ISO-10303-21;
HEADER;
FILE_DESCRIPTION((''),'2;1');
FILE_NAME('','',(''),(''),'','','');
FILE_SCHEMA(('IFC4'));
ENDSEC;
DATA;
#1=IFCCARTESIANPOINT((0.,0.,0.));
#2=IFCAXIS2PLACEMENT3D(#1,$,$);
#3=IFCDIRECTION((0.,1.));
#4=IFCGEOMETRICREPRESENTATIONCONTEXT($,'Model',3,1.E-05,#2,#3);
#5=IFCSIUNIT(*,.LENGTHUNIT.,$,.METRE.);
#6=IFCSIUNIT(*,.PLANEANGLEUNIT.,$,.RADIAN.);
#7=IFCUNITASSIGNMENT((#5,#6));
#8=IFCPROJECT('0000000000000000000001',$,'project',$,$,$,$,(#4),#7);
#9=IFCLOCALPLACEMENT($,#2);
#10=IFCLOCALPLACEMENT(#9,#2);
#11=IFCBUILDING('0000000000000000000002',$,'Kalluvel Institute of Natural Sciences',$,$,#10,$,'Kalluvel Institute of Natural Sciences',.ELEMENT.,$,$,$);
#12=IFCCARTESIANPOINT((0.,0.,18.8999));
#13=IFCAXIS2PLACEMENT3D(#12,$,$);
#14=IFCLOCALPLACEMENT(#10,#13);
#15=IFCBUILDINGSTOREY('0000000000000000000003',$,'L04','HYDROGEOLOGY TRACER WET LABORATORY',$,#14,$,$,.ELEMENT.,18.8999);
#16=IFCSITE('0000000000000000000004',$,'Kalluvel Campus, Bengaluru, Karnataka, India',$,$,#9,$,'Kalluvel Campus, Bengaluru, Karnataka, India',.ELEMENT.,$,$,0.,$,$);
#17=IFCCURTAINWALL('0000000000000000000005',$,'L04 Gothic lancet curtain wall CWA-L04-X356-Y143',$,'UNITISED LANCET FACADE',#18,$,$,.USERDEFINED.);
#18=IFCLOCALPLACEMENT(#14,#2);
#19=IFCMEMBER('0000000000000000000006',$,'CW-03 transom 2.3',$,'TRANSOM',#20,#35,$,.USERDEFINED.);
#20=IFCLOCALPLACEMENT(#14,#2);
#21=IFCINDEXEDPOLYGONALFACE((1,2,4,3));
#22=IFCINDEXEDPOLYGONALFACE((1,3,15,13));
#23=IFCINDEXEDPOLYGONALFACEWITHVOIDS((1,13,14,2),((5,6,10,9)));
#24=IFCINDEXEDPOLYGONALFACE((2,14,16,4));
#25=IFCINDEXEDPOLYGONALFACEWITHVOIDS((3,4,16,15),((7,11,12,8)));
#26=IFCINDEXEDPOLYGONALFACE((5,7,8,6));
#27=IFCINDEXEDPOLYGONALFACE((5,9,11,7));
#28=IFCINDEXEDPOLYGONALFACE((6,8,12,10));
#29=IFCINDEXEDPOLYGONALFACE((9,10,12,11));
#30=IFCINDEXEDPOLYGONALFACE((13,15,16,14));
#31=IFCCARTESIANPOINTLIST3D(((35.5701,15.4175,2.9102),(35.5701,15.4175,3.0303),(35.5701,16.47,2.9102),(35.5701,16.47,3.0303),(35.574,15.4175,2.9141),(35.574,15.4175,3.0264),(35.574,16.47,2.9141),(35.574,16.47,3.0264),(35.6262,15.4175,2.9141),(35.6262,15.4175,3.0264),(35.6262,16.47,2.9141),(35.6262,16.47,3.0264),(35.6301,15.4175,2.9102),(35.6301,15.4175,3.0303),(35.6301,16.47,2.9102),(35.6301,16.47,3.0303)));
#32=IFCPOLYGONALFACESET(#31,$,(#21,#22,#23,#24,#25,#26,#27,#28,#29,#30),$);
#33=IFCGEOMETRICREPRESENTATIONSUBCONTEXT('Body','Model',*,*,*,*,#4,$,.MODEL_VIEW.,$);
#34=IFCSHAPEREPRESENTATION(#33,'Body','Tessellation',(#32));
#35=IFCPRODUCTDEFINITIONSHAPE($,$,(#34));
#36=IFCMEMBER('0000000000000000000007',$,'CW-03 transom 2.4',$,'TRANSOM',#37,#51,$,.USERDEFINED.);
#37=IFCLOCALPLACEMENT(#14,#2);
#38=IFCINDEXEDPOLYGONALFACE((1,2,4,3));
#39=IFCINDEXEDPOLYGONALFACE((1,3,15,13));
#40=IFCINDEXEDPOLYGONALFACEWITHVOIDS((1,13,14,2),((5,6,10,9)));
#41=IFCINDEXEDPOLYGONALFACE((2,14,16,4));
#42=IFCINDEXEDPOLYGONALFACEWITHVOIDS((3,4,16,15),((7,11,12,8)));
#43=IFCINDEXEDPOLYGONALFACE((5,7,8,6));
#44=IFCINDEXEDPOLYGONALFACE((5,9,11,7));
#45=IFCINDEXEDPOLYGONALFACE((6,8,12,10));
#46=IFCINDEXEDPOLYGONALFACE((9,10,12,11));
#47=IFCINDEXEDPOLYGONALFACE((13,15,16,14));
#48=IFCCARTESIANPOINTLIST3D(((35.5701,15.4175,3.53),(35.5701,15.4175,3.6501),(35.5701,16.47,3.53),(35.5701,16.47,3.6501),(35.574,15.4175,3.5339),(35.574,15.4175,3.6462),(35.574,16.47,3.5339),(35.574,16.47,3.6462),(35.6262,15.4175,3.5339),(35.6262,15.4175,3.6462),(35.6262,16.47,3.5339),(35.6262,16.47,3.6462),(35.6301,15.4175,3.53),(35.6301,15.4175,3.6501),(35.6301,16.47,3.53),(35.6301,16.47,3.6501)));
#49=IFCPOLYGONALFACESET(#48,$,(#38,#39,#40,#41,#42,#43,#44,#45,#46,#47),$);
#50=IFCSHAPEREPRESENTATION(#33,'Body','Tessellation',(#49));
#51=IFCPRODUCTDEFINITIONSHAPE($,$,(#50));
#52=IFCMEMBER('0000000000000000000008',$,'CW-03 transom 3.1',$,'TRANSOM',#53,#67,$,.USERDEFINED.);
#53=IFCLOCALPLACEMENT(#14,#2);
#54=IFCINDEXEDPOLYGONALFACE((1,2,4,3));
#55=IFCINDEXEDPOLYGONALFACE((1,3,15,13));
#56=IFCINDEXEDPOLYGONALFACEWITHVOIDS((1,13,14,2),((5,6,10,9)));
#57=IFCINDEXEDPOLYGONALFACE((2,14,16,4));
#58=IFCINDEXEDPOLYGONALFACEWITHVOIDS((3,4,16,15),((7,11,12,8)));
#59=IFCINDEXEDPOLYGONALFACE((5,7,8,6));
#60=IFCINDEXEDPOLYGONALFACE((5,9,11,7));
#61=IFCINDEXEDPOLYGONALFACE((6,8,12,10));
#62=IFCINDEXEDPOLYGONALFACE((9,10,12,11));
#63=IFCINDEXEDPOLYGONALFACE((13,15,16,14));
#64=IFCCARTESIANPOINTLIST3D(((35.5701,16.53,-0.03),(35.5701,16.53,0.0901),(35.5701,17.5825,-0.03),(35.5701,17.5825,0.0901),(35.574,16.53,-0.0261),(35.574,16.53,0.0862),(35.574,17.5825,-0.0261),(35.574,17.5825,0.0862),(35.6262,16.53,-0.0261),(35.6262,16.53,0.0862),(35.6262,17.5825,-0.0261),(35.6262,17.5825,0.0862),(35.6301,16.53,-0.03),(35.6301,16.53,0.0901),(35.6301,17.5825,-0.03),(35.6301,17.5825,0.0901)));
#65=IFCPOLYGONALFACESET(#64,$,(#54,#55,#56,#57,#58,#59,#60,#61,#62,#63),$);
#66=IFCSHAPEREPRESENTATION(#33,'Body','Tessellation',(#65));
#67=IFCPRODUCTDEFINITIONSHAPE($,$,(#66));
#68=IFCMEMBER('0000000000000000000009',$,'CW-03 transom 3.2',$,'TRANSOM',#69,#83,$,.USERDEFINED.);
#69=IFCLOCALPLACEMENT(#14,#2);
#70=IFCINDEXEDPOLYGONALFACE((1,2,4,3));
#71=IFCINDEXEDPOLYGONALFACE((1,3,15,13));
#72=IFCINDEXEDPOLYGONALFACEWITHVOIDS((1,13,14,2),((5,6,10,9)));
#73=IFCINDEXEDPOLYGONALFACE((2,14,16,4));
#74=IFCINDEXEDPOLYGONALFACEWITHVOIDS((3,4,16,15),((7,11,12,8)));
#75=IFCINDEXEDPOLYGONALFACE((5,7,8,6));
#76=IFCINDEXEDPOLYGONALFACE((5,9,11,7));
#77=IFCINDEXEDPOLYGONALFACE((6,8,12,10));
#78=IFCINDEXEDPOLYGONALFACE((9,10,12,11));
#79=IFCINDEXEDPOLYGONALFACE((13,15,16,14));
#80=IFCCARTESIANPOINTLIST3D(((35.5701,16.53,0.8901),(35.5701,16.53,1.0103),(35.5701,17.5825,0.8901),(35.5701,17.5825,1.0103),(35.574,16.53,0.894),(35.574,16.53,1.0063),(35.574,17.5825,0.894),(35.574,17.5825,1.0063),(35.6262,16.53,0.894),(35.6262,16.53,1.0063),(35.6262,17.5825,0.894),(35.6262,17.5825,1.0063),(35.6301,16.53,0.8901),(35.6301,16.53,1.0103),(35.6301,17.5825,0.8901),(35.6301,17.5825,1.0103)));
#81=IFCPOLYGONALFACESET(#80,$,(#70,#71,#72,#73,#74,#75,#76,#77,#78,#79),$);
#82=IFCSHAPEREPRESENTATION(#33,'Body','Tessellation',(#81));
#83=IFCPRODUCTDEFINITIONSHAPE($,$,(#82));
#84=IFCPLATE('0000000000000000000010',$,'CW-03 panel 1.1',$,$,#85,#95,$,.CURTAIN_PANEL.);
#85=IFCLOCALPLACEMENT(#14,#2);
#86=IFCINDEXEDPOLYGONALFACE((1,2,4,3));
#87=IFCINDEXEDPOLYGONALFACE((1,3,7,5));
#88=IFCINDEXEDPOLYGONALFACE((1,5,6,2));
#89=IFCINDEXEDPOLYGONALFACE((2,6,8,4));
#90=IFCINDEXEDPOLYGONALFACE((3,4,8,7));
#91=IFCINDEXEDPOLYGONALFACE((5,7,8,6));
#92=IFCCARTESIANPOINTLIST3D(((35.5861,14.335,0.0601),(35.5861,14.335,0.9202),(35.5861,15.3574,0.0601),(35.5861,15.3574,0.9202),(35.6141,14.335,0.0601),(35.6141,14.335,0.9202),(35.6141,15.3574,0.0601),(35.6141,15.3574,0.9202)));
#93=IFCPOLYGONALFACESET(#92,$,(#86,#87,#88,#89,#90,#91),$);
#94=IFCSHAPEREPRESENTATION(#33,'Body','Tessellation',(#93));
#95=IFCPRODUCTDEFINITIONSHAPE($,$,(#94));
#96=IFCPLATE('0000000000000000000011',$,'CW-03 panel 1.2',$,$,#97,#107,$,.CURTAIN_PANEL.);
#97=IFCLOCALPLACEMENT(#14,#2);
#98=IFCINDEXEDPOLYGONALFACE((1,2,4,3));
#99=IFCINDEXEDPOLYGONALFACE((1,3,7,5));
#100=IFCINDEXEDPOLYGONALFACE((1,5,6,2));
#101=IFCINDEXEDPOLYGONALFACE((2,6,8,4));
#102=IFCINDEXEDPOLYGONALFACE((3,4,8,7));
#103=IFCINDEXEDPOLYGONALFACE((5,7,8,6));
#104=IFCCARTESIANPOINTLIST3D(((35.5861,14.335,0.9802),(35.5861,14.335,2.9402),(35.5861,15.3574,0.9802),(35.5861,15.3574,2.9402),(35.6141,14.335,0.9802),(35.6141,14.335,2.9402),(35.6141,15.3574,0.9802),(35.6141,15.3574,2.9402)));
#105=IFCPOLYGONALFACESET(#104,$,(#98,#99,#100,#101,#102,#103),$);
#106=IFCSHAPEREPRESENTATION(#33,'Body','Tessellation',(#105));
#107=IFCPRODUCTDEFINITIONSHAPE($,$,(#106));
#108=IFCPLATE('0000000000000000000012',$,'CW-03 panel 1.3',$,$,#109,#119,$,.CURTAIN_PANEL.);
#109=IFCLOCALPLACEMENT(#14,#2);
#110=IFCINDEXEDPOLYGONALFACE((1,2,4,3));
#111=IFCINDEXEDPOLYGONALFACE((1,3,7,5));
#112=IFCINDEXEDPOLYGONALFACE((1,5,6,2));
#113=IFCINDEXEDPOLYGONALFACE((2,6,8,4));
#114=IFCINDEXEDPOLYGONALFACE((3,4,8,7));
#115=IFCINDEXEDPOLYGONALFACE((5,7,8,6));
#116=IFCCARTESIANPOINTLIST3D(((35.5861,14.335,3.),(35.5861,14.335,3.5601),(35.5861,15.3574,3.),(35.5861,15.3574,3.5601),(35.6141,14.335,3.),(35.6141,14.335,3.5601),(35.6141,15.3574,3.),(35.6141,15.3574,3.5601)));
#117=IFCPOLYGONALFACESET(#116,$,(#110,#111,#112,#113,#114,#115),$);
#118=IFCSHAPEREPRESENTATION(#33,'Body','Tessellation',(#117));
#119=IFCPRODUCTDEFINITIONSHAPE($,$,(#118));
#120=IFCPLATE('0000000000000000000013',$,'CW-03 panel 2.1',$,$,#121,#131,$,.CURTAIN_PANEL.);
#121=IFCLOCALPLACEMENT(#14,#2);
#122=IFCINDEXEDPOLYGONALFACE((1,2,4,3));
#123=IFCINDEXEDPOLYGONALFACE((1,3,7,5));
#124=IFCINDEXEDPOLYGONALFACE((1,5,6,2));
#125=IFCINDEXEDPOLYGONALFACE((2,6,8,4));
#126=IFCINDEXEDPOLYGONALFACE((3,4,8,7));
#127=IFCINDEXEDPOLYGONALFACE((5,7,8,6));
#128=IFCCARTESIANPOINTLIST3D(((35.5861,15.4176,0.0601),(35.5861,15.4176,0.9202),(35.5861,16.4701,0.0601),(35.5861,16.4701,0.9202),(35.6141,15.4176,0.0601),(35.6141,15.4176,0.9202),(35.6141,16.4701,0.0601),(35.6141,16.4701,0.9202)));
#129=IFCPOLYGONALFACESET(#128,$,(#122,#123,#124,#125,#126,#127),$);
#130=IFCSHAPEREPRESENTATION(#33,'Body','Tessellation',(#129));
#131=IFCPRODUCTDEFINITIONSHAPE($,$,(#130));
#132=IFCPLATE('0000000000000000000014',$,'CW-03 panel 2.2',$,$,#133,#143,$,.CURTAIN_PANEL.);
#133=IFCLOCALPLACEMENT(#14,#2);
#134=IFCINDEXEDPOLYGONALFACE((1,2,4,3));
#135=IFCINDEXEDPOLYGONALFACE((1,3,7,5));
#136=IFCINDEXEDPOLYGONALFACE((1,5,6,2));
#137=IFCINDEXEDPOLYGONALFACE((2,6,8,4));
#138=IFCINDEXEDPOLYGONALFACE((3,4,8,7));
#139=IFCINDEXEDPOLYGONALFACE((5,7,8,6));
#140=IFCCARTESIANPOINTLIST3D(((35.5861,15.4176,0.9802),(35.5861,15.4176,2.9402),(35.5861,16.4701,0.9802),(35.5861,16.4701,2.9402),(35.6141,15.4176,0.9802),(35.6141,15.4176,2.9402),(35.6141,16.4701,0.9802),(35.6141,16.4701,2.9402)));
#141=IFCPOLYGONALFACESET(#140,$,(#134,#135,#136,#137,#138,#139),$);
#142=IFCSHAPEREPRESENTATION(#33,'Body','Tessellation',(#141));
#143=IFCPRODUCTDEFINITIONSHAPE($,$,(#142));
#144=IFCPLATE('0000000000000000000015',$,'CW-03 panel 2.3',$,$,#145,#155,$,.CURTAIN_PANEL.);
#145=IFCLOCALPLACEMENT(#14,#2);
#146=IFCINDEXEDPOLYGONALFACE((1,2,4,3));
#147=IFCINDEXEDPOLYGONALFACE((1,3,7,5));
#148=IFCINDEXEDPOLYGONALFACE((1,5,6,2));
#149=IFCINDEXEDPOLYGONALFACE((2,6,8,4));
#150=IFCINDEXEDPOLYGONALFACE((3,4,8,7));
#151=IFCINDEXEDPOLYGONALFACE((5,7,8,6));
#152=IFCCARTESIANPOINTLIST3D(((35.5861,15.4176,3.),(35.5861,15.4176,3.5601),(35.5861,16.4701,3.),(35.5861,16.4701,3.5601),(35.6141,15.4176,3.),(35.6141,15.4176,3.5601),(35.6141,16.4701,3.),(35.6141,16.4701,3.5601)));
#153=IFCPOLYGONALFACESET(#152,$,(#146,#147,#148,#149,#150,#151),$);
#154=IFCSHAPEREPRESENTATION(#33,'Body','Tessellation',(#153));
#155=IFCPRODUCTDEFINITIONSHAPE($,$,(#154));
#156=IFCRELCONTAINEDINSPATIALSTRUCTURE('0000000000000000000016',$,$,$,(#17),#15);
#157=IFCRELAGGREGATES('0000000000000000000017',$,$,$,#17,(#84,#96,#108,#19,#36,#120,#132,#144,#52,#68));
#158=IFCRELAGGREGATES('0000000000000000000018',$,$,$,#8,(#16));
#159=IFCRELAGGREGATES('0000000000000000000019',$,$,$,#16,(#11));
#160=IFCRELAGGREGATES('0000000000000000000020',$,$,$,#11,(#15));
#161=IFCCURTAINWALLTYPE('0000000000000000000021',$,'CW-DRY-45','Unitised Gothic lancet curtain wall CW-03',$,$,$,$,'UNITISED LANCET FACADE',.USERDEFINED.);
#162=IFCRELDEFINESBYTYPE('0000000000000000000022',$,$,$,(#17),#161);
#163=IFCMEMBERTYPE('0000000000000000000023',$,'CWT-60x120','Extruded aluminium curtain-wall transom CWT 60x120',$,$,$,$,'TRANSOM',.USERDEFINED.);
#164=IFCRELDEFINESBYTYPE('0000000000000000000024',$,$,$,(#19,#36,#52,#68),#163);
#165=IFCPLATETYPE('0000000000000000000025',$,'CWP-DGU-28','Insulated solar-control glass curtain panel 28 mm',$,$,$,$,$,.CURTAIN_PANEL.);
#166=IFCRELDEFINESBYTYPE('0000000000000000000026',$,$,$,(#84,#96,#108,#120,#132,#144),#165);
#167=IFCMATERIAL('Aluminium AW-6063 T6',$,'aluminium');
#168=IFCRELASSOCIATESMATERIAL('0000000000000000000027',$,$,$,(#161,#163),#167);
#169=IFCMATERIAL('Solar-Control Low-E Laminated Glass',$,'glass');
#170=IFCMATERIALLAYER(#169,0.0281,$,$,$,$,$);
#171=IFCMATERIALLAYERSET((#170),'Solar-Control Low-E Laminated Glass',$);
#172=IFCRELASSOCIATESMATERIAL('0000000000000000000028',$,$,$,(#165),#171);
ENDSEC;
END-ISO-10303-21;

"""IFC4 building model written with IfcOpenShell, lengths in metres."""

from ifc_helpers import new_model, si_unit, direction, frame, origin, origin_2d, place, context, subcontext, project, spatial, rectangle, hollow_rectangle, extrude, material, layer, layer_set, material_profile, profile_set, type_object, element, aggregate, save


model = new_model("IFC4")

# Units and contexts
model_context = context("Model", 3, precision=1e-05, world=origin(), true_north=direction((0.0, 1.0)))
body_context = subcontext(model_context, "Body", "Model", "MODEL_VIEW")
ifc_project = project(units=[si_unit("LENGTHUNIT", "METRE"), si_unit("PLANEANGLEUNIT", "RADIAN")], contexts=[model_context])

# Site, building, storey
site_placement = place(None, origin())
site = spatial("IfcSite", under=ifc_project, at=site_placement, Name="Kalluvel Campus, Bengaluru, Karnataka, India", LongName="Kalluvel Campus, Bengaluru, Karnataka, India", CompositionType="ELEMENT", RefElevation=0.0)
building_placement = place(site_placement, origin())
building = spatial("IfcBuilding", under=site, at=building_placement, Name="Kalluvel Institute of Natural Sciences", LongName="Kalluvel Institute of Natural Sciences", CompositionType="ELEMENT")
storey_placement = place(building_placement, frame((0.0, 0.0, 18.8999)))
storey = spatial("IfcBuildingStorey", under=building, at=storey_placement, Name="L04", Description="HYDROGEOLOGY TRACER WET LABORATORY", CompositionType="ELEMENT", Elevation=18.8999)

# Curtain wall, members, plates
ifc_material_1 = material(Name="Aluminium AW-6063 T6", Category="aluminium")
curtain_wall_type = type_object("IfcCurtainWallType", Name="CW-DRY-45", Description="Unitised Gothic lancet curtain wall CW-03", ElementType="UNITISED LANCET FACADE", PredefinedType="USERDEFINED", material=ifc_material_1)
curtain_wall_placement = place(storey_placement, origin())
curtain_wall = element("IfcCurtainWall", 1, at=curtain_wall_placement, inside=storey, type_object=curtain_wall_type, Name="L04 Gothic lancet curtain wall CWA-L04-X356-Y143", ObjectType="UNITISED LANCET FACADE", PredefinedType="USERDEFINED")
ifc_material_profile_1 = material_profile(ifc_material_1, hollow_rectangle(XDim=0.0601, YDim=0.1201, WallThickness=0.0039, at=origin_2d()), Name="CWT 60x120")
ifc_profile_set_1 = profile_set([ifc_material_profile_1], Name="Aluminium AW-6063 T6")
member_type_1 = type_object("IfcMemberType", Name="CWT-60x120", Description="Extruded aluminium curtain-wall transom CWT 60x120", ElementType="TRANSOM", PredefinedType="USERDEFINED", material=ifc_profile_set_1)
member_1_placement = place(storey_placement, frame((35.6001, 15.4175, 2.9702), z_axis=(0.0, 1.0, 0.0), x_axis=(-1.0, 0.0, 0.0)))
member_1 = element("IfcMember", 2, at=member_1_placement, type_object=member_type_1, Name="CW-03 transom 2.3", ObjectType="TRANSOM", PredefinedType="USERDEFINED", context=body_context, shape_type="SweptSolid", body=[
    extrude(hollow_rectangle(XDim=0.0601, YDim=0.1201, WallThickness=0.0039, at=origin_2d()), origin(), (0.0, 0.0, 1.0), 1.0525),
])
member_2_placement = place(storey_placement, frame((35.6001, 15.4175, 3.5901), z_axis=(0.0, 1.0, 0.0), x_axis=(-1.0, 0.0, 0.0)))
member_2 = element("IfcMember", 3, at=member_2_placement, type_object=member_type_1, Name="CW-03 transom 2.4", ObjectType="TRANSOM", PredefinedType="USERDEFINED", context=body_context, shape_type="SweptSolid", body=[
    extrude(hollow_rectangle(XDim=0.0601, YDim=0.1201, WallThickness=0.0039, at=origin_2d()), origin(), (0.0, 0.0, 1.0), 1.0525),
])
member_3_placement = place(storey_placement, frame((35.6001, 16.53, 0.03), z_axis=(0.0, 1.0, 0.0), x_axis=(-1.0, 0.0, 0.0)))
member_3 = element("IfcMember", 4, at=member_3_placement, type_object=member_type_1, Name="CW-03 transom 3.1", ObjectType="TRANSOM", PredefinedType="USERDEFINED", context=body_context, shape_type="SweptSolid", body=[
    extrude(hollow_rectangle(XDim=0.0601, YDim=0.1201, WallThickness=0.0039, at=origin_2d()), origin(), (0.0, 0.0, 1.0), 1.0525),
])
member_4_placement = place(storey_placement, frame((35.6001, 16.53, 0.9502), z_axis=(0.0, 1.0, 0.0), x_axis=(-1.0, 0.0, 0.0)))
member_4 = element("IfcMember", 5, at=member_4_placement, type_object=member_type_1, Name="CW-03 transom 3.2", ObjectType="TRANSOM", PredefinedType="USERDEFINED", context=body_context, shape_type="SweptSolid", body=[
    extrude(hollow_rectangle(XDim=0.0601, YDim=0.1201, WallThickness=0.0039, at=origin_2d()), origin(), (0.0, 0.0, 1.0), 1.0525),
])
ifc_material_2 = material(Name="Solar-Control Low-E Laminated Glass", Category="glass")
ifc_layer = layer(ifc_material_2, 0.0281)
ifc_layer_set = layer_set([ifc_layer], Name="Solar-Control Low-E Laminated Glass")
plate_type = type_object("IfcPlateType", Name="CWP-DGU-28", Description="Insulated solar-control glass curtain panel 28 mm", PredefinedType="CURTAIN_PANEL", material=ifc_layer_set)
plate_1_placement = place(storey_placement, frame((35.6001, 14.8462, 0.0601), z_axis=(0.0, 0.0, 1.0), x_axis=(0.0, 1.0, 0.0)))
plate_1 = element("IfcPlate", 6, at=plate_1_placement, type_object=plate_type, Name="CW-03 panel 1.1", PredefinedType="CURTAIN_PANEL", context=body_context, shape_type="SweptSolid", body=[
    extrude(rectangle(XDim=1.0225, YDim=0.0281, at=origin_2d()), origin(), (0.0, 0.0, 1.0), 0.8601),
])
plate_2_placement = place(storey_placement, frame((35.6001, 14.8462, 0.9802), z_axis=(0.0, 0.0, 1.0), x_axis=(0.0, 1.0, 0.0)))
plate_2 = element("IfcPlate", 7, at=plate_2_placement, type_object=plate_type, Name="CW-03 panel 1.2", PredefinedType="CURTAIN_PANEL", context=body_context, shape_type="SweptSolid", body=[
    extrude(rectangle(XDim=1.0225, YDim=0.0281, at=origin_2d()), origin(), (0.0, 0.0, 1.0), 1.96),
])
plate_3_placement = place(storey_placement, frame((35.6001, 14.8462, 3.0), z_axis=(0.0, 0.0, 1.0), x_axis=(0.0, 1.0, 0.0)))
plate_3 = element("IfcPlate", 8, at=plate_3_placement, type_object=plate_type, Name="CW-03 panel 1.3", PredefinedType="CURTAIN_PANEL", context=body_context, shape_type="SweptSolid", body=[
    extrude(rectangle(XDim=1.0225, YDim=0.0281, at=origin_2d()), origin(), (0.0, 0.0, 1.0), 0.5601),
])
plate_4_placement = place(storey_placement, frame((35.6001, 15.9438, 0.0601), z_axis=(0.0, 0.0, 1.0), x_axis=(0.0, 1.0, 0.0)))
plate_4 = element("IfcPlate", 9, at=plate_4_placement, type_object=plate_type, Name="CW-03 panel 2.1", PredefinedType="CURTAIN_PANEL", context=body_context, shape_type="SweptSolid", body=[
    extrude(rectangle(XDim=1.0525, YDim=0.0281, at=origin_2d()), origin(), (0.0, 0.0, 1.0), 0.8601),
])
plate_5_placement = place(storey_placement, frame((35.6001, 15.9438, 0.9802), z_axis=(0.0, 0.0, 1.0), x_axis=(0.0, 1.0, 0.0)))
plate_5 = element("IfcPlate", 10, at=plate_5_placement, type_object=plate_type, Name="CW-03 panel 2.2", PredefinedType="CURTAIN_PANEL", context=body_context, shape_type="SweptSolid", body=[
    extrude(rectangle(XDim=1.0525, YDim=0.0281, at=origin_2d()), origin(), (0.0, 0.0, 1.0), 1.96),
])
plate_6_placement = place(storey_placement, frame((35.6001, 15.9438, 3.0), z_axis=(0.0, 0.0, 1.0), x_axis=(0.0, 1.0, 0.0)))
plate_6 = element("IfcPlate", 11, at=plate_6_placement, type_object=plate_type, Name="CW-03 panel 2.3", PredefinedType="CURTAIN_PANEL", context=body_context, shape_type="SweptSolid", body=[
    extrude(rectangle(XDim=1.0525, YDim=0.0281, at=origin_2d()), origin(), (0.0, 0.0, 1.0), 0.5601),
])
aggregate(curtain_wall, [plate_1, plate_2, plate_3, member_1, member_2, plate_4, plate_5, plate_6, member_3, member_4])

save(model, "model.ifc")
